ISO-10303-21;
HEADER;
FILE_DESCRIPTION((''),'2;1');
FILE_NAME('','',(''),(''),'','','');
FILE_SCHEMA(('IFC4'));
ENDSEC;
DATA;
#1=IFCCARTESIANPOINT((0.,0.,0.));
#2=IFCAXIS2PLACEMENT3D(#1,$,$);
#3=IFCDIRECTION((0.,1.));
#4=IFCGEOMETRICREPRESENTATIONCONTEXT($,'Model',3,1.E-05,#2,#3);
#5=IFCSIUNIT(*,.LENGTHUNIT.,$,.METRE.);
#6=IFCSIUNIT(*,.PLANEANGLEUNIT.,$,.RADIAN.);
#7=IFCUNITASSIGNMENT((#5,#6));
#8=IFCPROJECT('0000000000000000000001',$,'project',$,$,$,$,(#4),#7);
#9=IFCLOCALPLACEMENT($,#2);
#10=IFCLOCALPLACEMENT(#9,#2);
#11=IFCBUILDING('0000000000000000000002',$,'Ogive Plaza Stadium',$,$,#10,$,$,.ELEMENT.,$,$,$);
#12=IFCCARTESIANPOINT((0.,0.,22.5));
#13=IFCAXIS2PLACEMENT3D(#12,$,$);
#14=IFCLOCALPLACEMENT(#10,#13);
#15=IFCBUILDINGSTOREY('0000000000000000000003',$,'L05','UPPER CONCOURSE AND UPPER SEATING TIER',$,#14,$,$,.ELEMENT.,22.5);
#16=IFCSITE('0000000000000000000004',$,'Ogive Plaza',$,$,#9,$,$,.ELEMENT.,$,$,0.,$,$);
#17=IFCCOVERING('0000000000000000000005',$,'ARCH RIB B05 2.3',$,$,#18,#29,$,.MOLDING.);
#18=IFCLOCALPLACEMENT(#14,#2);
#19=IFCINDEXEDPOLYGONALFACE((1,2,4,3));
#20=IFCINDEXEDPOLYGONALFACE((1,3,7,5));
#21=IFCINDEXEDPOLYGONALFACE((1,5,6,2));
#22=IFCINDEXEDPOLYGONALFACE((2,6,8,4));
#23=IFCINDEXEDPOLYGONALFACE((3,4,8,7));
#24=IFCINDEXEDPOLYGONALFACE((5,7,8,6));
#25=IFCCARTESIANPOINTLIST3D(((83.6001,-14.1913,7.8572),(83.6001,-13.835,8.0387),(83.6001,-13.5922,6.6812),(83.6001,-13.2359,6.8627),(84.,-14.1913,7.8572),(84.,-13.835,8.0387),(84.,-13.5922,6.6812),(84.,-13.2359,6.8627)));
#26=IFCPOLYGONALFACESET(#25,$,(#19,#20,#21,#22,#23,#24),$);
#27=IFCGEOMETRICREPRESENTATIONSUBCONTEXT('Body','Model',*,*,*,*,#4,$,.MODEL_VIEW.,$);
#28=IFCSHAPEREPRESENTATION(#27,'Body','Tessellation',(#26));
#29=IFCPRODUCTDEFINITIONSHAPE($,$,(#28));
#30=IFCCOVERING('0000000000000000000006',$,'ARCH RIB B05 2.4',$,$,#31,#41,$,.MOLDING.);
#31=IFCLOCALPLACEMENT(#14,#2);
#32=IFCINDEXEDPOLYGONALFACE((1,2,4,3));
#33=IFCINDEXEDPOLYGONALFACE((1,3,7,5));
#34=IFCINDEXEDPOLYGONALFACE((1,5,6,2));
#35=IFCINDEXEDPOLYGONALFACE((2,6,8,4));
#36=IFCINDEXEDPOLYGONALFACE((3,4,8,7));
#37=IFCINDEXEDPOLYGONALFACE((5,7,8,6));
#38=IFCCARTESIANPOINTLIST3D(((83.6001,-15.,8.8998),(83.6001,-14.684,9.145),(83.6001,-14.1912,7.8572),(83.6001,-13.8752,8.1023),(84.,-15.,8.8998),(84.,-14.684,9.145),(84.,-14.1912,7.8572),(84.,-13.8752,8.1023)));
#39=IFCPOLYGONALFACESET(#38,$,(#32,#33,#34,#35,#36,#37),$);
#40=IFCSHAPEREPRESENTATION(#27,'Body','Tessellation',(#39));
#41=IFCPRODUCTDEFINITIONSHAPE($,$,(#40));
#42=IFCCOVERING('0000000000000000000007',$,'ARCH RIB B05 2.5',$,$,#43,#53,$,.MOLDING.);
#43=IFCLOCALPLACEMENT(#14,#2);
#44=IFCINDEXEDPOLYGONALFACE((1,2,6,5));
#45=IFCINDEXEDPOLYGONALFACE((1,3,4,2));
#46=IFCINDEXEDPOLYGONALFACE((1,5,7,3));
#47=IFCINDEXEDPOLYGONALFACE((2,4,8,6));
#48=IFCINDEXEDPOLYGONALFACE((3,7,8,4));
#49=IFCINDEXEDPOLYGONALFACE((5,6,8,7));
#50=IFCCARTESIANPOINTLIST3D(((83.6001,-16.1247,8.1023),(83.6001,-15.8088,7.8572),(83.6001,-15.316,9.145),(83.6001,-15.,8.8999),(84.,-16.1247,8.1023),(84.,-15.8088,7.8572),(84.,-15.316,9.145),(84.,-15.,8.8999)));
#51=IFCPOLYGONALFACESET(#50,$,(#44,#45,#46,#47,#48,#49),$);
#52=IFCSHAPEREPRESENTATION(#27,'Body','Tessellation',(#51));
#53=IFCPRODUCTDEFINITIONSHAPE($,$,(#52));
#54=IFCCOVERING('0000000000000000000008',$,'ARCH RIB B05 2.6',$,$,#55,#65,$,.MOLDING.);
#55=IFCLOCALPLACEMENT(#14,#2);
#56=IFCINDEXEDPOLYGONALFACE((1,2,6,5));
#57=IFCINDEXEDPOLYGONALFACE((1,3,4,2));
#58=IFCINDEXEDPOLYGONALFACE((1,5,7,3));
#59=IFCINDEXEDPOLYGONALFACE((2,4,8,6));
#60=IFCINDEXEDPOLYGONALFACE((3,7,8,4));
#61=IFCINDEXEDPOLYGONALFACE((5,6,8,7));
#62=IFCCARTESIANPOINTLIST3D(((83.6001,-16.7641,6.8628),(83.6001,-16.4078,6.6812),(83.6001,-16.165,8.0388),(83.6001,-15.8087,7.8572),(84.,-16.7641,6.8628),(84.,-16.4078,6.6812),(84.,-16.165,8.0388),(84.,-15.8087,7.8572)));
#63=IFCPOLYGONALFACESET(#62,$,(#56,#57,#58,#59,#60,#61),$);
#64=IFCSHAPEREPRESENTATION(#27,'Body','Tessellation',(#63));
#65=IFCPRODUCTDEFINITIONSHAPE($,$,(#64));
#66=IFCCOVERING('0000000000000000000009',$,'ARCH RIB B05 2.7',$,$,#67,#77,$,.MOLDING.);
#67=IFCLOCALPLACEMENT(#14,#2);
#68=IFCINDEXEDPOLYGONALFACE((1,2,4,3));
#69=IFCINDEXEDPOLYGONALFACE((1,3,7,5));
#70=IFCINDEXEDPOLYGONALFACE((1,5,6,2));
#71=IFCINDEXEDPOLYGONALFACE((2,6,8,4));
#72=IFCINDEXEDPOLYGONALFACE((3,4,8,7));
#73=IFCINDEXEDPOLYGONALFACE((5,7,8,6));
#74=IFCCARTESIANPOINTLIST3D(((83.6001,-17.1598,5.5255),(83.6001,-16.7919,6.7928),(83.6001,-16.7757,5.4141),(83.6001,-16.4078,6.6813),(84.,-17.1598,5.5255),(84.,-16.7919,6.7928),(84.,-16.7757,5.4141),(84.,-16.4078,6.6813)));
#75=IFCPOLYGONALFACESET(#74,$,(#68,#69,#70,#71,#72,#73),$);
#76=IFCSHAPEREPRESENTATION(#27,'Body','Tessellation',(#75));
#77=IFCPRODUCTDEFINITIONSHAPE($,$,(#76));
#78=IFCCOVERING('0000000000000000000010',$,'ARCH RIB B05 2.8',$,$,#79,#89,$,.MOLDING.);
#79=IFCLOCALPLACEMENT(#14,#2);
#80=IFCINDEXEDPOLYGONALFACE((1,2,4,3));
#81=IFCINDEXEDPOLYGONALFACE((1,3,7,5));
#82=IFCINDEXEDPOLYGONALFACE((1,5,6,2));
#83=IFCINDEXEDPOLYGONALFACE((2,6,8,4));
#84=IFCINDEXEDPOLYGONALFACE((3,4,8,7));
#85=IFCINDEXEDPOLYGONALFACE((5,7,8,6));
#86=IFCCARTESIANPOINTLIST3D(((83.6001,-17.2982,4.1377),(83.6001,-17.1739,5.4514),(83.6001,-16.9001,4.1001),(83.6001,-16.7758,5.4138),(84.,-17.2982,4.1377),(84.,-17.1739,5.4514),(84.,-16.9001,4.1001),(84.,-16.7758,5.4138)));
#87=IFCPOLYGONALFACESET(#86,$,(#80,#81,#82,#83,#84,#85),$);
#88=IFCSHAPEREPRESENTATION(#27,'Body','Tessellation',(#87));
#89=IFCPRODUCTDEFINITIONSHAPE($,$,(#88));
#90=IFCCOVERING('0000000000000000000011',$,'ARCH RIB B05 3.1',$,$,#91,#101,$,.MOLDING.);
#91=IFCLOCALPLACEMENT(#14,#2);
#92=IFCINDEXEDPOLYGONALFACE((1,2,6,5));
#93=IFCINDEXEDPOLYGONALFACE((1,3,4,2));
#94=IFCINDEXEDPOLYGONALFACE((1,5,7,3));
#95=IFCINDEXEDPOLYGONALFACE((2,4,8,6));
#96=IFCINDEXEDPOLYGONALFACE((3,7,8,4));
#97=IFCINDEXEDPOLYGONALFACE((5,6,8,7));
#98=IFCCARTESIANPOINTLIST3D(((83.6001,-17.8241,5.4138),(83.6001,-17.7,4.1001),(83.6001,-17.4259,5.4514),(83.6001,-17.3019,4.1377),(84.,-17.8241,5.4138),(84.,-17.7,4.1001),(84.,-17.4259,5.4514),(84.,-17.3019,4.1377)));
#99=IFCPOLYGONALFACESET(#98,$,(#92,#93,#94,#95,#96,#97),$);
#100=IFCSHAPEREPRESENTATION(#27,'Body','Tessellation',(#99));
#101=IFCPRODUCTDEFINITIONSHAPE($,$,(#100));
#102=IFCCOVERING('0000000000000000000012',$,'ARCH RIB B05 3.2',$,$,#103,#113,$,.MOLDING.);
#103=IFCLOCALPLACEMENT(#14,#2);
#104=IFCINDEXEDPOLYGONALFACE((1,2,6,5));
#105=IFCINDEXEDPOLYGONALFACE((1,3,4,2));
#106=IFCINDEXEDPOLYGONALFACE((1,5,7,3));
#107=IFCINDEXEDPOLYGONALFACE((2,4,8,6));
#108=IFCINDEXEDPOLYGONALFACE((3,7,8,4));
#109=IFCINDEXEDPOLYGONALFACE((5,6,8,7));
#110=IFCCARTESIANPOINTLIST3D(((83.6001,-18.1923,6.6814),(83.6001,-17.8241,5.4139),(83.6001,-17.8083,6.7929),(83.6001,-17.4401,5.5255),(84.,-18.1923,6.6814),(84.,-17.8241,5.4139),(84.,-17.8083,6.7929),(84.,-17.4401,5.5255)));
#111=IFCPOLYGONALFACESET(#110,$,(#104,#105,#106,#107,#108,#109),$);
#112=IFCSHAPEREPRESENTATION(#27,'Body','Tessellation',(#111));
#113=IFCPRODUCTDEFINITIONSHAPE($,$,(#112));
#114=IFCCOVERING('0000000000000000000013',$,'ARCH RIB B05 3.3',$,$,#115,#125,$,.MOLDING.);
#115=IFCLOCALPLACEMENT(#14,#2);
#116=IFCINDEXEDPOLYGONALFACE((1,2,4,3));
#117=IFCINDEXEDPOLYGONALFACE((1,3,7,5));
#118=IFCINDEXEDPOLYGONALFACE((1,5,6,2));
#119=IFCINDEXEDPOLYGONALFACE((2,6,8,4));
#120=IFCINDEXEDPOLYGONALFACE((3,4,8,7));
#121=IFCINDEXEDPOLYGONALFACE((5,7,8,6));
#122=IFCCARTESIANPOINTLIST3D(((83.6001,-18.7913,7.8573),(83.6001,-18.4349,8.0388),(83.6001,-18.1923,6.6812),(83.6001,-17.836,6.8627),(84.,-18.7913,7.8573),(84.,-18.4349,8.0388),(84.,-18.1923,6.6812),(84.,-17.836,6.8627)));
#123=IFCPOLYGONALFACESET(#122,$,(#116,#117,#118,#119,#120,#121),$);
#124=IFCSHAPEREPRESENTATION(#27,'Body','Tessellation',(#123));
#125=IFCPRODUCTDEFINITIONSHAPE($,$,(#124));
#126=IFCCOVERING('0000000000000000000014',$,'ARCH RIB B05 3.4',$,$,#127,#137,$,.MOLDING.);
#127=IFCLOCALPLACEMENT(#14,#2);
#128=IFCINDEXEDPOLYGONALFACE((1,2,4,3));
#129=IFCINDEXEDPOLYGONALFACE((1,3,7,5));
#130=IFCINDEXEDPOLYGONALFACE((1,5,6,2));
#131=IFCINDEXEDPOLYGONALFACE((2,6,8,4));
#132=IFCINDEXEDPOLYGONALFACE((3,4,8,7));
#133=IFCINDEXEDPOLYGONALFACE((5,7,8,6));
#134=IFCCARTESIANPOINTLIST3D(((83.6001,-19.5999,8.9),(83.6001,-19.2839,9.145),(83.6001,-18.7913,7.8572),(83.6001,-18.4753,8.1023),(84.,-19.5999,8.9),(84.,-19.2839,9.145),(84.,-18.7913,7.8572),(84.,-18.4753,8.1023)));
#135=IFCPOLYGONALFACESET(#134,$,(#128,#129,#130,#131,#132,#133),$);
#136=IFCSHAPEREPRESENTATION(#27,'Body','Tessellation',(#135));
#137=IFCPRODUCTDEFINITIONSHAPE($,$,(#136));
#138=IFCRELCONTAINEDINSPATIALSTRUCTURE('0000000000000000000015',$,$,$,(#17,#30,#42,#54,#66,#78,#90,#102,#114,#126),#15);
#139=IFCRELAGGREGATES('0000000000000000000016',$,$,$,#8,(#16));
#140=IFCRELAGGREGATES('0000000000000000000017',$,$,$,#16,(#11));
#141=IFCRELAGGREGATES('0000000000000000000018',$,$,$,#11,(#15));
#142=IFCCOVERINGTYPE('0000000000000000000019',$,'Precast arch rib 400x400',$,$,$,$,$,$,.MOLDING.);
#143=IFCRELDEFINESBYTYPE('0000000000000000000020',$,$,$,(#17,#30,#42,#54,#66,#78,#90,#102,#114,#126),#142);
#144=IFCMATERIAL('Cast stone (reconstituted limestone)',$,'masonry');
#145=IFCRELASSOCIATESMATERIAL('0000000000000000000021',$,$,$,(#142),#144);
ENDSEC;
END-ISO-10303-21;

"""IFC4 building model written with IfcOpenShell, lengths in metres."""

from ifc_helpers import new_model, si_unit, direction, frame, origin, origin_2d, place, context, subcontext, project, spatial, rectangle, extrude, material, material_profile, profile_set, type_object, element, save


model = new_model("IFC4")

# Units and contexts
model_context = context("Model", 3, precision=1e-05, world=origin(), true_north=direction((0.0, 1.0)))
body_context = subcontext(model_context, "Body", "Model", "MODEL_VIEW")
ifc_project = project(units=[si_unit("LENGTHUNIT", "METRE"), si_unit("PLANEANGLEUNIT", "RADIAN")], contexts=[model_context])

# Site, building, storey
site_placement = place(None, origin())
site = spatial("IfcSite", under=ifc_project, at=site_placement, Name="Ogive Plaza", CompositionType="ELEMENT", RefElevation=0.0)
building_placement = place(site_placement, origin())
building = spatial("IfcBuilding", under=site, at=building_placement, Name="Ogive Plaza Stadium", CompositionType="ELEMENT")
storey_placement = place(building_placement, frame((0.0, 0.0, 22.5)))
storey = spatial("IfcBuildingStorey", under=building, at=storey_placement, Name="L05", Description="UPPER CONCOURSE AND UPPER SEATING TIER", CompositionType="ELEMENT", Elevation=22.5)

# Coverings
ifc_material_1 = material(Name="Cast stone (reconstituted limestone)", Category="masonry")
ifc_material_profile_1 = material_profile(ifc_material_1, rectangle(XDim=0.3999, YDim=0.3999, at=origin_2d()), Name="Cast stone 400x400")
ifc_profile_set_1 = profile_set([ifc_material_profile_1], Name="Cast stone (reconstituted limestone)")
covering_type = type_object("IfcCoveringType", Name="Precast arch rib 400x400", PredefinedType="MOLDING", material=ifc_profile_set_1)
covering_1_placement = place(storey_placement, frame((83.8, -13.4141, 6.772), z_axis=(0.0, -0.453934, 0.891035), x_axis=(1.0, 0.0, 0.0)))
element("IfcCovering", 1, at=covering_1_placement, inside=storey, type_object=covering_type, Name="ARCH RIB B05 2.3", PredefinedType="MOLDING", context=body_context, shape_type="SweptSolid", body=[
    extrude(rectangle(XDim=0.3999, YDim=0.3999, at=origin_2d()), origin(), (0.0, 0.0, 1.0), 1.3198),
])
for number, where, z_axis, x_axis, name in (
    (2, (83.8, -14.0332, 7.9797), (0.0, -0.612915, 0.790148), (1.0, 0.0, 0.0), "ARCH RIB B05 2.4"),
    (3, (83.8, -15.158, 9.0225), (0.0, -0.612915, -0.790148), (1.0, 0.0, 0.0), "ARCH RIB B05 2.5"),
):
    element("IfcCovering", number, at=place(storey_placement, frame(where, z_axis=z_axis, x_axis=x_axis)), inside=storey, type_object=covering_type, Name=name, PredefinedType="MOLDING", context=body_context, shape_type="SweptSolid", body=[
        extrude(rectangle(XDim=0.3999, YDim=0.3999, at=origin_2d()), origin(), (0.0, 0.0, 1.0), 1.3196),
    ])
covering_2_placement = place(storey_placement, frame((83.8, -15.9868, 7.948), z_axis=(0.0, -0.453934, -0.891035), x_axis=(1.0, 0.0, 0.0)))
element("IfcCovering", 4, at=covering_2_placement, inside=storey, type_object=covering_type, Name="ARCH RIB B05 2.6", PredefinedType="MOLDING", context=body_context, shape_type="SweptSolid", body=[
    extrude(rectangle(XDim=0.3999, YDim=0.3999, at=origin_2d()), origin(), (0.0, 0.0, 1.0), 1.3198),
])
for number, where, z_axis, x_axis, name in (
    (5, (83.8, -16.5999, 6.7371), (0.0, -0.278799, -0.960349), (1.0, 0.0, 0.0), "ARCH RIB B05 2.7"),
    (6, (83.8, -16.9749, 5.4326), (0.0, -0.094172, -0.995556), (1.0, 0.0, 0.0), "ARCH RIB B05 2.8"),
    (7, (83.8, -17.501, 4.1189), (0.0, -0.093988, 0.995573), (1.0, 0.0, 0.0), "ARCH RIB B05 3.1"),
):
    element("IfcCovering", number, at=place(storey_placement, frame(where, z_axis=z_axis, x_axis=x_axis)), inside=storey, type_object=covering_type, Name=name, PredefinedType="MOLDING", context=body_context, shape_type="SweptSolid", body=[
        extrude(rectangle(XDim=0.3999, YDim=0.3999, at=origin_2d()), origin(), (0.0, 0.0, 1.0), 1.3196),
    ])
for number, where, z_axis, x_axis, name in (
    (8, (83.8, -17.6321, 5.4697), (0.0, -0.27897, 0.9603), (1.0, 0.0, 0.0), "ARCH RIB B05 3.2"),
    (9, (83.8, -18.0142, 6.772), (0.0, -0.453787, 0.89111), (1.0, 0.0, 0.0), "ARCH RIB B05 3.3"),
):
    element("IfcCovering", number, at=place(storey_placement, frame(where, z_axis=z_axis, x_axis=x_axis)), inside=storey, type_object=covering_type, Name=name, PredefinedType="MOLDING", context=body_context, shape_type="SweptSolid", body=[
        extrude(rectangle(XDim=0.3999, YDim=0.3999, at=origin_2d()), origin(), (0.0, 0.0, 1.0), 1.3198),
    ])
covering_3_placement = place(storey_placement, frame((83.8, -18.6333, 7.9797), z_axis=(0.0, -0.6128, 0.790238), x_axis=(1.0, 0.0, 0.0)))
element("IfcCovering", 10, at=covering_3_placement, inside=storey, type_object=covering_type, Name="ARCH RIB B05 3.4", PredefinedType="MOLDING", context=body_context, shape_type="SweptSolid", body=[
    extrude(rectangle(XDim=0.3999, YDim=0.3999, at=origin_2d()), origin(), (0.0, 0.0, 1.0), 1.3196),
])

save(model, "model.ifc")
